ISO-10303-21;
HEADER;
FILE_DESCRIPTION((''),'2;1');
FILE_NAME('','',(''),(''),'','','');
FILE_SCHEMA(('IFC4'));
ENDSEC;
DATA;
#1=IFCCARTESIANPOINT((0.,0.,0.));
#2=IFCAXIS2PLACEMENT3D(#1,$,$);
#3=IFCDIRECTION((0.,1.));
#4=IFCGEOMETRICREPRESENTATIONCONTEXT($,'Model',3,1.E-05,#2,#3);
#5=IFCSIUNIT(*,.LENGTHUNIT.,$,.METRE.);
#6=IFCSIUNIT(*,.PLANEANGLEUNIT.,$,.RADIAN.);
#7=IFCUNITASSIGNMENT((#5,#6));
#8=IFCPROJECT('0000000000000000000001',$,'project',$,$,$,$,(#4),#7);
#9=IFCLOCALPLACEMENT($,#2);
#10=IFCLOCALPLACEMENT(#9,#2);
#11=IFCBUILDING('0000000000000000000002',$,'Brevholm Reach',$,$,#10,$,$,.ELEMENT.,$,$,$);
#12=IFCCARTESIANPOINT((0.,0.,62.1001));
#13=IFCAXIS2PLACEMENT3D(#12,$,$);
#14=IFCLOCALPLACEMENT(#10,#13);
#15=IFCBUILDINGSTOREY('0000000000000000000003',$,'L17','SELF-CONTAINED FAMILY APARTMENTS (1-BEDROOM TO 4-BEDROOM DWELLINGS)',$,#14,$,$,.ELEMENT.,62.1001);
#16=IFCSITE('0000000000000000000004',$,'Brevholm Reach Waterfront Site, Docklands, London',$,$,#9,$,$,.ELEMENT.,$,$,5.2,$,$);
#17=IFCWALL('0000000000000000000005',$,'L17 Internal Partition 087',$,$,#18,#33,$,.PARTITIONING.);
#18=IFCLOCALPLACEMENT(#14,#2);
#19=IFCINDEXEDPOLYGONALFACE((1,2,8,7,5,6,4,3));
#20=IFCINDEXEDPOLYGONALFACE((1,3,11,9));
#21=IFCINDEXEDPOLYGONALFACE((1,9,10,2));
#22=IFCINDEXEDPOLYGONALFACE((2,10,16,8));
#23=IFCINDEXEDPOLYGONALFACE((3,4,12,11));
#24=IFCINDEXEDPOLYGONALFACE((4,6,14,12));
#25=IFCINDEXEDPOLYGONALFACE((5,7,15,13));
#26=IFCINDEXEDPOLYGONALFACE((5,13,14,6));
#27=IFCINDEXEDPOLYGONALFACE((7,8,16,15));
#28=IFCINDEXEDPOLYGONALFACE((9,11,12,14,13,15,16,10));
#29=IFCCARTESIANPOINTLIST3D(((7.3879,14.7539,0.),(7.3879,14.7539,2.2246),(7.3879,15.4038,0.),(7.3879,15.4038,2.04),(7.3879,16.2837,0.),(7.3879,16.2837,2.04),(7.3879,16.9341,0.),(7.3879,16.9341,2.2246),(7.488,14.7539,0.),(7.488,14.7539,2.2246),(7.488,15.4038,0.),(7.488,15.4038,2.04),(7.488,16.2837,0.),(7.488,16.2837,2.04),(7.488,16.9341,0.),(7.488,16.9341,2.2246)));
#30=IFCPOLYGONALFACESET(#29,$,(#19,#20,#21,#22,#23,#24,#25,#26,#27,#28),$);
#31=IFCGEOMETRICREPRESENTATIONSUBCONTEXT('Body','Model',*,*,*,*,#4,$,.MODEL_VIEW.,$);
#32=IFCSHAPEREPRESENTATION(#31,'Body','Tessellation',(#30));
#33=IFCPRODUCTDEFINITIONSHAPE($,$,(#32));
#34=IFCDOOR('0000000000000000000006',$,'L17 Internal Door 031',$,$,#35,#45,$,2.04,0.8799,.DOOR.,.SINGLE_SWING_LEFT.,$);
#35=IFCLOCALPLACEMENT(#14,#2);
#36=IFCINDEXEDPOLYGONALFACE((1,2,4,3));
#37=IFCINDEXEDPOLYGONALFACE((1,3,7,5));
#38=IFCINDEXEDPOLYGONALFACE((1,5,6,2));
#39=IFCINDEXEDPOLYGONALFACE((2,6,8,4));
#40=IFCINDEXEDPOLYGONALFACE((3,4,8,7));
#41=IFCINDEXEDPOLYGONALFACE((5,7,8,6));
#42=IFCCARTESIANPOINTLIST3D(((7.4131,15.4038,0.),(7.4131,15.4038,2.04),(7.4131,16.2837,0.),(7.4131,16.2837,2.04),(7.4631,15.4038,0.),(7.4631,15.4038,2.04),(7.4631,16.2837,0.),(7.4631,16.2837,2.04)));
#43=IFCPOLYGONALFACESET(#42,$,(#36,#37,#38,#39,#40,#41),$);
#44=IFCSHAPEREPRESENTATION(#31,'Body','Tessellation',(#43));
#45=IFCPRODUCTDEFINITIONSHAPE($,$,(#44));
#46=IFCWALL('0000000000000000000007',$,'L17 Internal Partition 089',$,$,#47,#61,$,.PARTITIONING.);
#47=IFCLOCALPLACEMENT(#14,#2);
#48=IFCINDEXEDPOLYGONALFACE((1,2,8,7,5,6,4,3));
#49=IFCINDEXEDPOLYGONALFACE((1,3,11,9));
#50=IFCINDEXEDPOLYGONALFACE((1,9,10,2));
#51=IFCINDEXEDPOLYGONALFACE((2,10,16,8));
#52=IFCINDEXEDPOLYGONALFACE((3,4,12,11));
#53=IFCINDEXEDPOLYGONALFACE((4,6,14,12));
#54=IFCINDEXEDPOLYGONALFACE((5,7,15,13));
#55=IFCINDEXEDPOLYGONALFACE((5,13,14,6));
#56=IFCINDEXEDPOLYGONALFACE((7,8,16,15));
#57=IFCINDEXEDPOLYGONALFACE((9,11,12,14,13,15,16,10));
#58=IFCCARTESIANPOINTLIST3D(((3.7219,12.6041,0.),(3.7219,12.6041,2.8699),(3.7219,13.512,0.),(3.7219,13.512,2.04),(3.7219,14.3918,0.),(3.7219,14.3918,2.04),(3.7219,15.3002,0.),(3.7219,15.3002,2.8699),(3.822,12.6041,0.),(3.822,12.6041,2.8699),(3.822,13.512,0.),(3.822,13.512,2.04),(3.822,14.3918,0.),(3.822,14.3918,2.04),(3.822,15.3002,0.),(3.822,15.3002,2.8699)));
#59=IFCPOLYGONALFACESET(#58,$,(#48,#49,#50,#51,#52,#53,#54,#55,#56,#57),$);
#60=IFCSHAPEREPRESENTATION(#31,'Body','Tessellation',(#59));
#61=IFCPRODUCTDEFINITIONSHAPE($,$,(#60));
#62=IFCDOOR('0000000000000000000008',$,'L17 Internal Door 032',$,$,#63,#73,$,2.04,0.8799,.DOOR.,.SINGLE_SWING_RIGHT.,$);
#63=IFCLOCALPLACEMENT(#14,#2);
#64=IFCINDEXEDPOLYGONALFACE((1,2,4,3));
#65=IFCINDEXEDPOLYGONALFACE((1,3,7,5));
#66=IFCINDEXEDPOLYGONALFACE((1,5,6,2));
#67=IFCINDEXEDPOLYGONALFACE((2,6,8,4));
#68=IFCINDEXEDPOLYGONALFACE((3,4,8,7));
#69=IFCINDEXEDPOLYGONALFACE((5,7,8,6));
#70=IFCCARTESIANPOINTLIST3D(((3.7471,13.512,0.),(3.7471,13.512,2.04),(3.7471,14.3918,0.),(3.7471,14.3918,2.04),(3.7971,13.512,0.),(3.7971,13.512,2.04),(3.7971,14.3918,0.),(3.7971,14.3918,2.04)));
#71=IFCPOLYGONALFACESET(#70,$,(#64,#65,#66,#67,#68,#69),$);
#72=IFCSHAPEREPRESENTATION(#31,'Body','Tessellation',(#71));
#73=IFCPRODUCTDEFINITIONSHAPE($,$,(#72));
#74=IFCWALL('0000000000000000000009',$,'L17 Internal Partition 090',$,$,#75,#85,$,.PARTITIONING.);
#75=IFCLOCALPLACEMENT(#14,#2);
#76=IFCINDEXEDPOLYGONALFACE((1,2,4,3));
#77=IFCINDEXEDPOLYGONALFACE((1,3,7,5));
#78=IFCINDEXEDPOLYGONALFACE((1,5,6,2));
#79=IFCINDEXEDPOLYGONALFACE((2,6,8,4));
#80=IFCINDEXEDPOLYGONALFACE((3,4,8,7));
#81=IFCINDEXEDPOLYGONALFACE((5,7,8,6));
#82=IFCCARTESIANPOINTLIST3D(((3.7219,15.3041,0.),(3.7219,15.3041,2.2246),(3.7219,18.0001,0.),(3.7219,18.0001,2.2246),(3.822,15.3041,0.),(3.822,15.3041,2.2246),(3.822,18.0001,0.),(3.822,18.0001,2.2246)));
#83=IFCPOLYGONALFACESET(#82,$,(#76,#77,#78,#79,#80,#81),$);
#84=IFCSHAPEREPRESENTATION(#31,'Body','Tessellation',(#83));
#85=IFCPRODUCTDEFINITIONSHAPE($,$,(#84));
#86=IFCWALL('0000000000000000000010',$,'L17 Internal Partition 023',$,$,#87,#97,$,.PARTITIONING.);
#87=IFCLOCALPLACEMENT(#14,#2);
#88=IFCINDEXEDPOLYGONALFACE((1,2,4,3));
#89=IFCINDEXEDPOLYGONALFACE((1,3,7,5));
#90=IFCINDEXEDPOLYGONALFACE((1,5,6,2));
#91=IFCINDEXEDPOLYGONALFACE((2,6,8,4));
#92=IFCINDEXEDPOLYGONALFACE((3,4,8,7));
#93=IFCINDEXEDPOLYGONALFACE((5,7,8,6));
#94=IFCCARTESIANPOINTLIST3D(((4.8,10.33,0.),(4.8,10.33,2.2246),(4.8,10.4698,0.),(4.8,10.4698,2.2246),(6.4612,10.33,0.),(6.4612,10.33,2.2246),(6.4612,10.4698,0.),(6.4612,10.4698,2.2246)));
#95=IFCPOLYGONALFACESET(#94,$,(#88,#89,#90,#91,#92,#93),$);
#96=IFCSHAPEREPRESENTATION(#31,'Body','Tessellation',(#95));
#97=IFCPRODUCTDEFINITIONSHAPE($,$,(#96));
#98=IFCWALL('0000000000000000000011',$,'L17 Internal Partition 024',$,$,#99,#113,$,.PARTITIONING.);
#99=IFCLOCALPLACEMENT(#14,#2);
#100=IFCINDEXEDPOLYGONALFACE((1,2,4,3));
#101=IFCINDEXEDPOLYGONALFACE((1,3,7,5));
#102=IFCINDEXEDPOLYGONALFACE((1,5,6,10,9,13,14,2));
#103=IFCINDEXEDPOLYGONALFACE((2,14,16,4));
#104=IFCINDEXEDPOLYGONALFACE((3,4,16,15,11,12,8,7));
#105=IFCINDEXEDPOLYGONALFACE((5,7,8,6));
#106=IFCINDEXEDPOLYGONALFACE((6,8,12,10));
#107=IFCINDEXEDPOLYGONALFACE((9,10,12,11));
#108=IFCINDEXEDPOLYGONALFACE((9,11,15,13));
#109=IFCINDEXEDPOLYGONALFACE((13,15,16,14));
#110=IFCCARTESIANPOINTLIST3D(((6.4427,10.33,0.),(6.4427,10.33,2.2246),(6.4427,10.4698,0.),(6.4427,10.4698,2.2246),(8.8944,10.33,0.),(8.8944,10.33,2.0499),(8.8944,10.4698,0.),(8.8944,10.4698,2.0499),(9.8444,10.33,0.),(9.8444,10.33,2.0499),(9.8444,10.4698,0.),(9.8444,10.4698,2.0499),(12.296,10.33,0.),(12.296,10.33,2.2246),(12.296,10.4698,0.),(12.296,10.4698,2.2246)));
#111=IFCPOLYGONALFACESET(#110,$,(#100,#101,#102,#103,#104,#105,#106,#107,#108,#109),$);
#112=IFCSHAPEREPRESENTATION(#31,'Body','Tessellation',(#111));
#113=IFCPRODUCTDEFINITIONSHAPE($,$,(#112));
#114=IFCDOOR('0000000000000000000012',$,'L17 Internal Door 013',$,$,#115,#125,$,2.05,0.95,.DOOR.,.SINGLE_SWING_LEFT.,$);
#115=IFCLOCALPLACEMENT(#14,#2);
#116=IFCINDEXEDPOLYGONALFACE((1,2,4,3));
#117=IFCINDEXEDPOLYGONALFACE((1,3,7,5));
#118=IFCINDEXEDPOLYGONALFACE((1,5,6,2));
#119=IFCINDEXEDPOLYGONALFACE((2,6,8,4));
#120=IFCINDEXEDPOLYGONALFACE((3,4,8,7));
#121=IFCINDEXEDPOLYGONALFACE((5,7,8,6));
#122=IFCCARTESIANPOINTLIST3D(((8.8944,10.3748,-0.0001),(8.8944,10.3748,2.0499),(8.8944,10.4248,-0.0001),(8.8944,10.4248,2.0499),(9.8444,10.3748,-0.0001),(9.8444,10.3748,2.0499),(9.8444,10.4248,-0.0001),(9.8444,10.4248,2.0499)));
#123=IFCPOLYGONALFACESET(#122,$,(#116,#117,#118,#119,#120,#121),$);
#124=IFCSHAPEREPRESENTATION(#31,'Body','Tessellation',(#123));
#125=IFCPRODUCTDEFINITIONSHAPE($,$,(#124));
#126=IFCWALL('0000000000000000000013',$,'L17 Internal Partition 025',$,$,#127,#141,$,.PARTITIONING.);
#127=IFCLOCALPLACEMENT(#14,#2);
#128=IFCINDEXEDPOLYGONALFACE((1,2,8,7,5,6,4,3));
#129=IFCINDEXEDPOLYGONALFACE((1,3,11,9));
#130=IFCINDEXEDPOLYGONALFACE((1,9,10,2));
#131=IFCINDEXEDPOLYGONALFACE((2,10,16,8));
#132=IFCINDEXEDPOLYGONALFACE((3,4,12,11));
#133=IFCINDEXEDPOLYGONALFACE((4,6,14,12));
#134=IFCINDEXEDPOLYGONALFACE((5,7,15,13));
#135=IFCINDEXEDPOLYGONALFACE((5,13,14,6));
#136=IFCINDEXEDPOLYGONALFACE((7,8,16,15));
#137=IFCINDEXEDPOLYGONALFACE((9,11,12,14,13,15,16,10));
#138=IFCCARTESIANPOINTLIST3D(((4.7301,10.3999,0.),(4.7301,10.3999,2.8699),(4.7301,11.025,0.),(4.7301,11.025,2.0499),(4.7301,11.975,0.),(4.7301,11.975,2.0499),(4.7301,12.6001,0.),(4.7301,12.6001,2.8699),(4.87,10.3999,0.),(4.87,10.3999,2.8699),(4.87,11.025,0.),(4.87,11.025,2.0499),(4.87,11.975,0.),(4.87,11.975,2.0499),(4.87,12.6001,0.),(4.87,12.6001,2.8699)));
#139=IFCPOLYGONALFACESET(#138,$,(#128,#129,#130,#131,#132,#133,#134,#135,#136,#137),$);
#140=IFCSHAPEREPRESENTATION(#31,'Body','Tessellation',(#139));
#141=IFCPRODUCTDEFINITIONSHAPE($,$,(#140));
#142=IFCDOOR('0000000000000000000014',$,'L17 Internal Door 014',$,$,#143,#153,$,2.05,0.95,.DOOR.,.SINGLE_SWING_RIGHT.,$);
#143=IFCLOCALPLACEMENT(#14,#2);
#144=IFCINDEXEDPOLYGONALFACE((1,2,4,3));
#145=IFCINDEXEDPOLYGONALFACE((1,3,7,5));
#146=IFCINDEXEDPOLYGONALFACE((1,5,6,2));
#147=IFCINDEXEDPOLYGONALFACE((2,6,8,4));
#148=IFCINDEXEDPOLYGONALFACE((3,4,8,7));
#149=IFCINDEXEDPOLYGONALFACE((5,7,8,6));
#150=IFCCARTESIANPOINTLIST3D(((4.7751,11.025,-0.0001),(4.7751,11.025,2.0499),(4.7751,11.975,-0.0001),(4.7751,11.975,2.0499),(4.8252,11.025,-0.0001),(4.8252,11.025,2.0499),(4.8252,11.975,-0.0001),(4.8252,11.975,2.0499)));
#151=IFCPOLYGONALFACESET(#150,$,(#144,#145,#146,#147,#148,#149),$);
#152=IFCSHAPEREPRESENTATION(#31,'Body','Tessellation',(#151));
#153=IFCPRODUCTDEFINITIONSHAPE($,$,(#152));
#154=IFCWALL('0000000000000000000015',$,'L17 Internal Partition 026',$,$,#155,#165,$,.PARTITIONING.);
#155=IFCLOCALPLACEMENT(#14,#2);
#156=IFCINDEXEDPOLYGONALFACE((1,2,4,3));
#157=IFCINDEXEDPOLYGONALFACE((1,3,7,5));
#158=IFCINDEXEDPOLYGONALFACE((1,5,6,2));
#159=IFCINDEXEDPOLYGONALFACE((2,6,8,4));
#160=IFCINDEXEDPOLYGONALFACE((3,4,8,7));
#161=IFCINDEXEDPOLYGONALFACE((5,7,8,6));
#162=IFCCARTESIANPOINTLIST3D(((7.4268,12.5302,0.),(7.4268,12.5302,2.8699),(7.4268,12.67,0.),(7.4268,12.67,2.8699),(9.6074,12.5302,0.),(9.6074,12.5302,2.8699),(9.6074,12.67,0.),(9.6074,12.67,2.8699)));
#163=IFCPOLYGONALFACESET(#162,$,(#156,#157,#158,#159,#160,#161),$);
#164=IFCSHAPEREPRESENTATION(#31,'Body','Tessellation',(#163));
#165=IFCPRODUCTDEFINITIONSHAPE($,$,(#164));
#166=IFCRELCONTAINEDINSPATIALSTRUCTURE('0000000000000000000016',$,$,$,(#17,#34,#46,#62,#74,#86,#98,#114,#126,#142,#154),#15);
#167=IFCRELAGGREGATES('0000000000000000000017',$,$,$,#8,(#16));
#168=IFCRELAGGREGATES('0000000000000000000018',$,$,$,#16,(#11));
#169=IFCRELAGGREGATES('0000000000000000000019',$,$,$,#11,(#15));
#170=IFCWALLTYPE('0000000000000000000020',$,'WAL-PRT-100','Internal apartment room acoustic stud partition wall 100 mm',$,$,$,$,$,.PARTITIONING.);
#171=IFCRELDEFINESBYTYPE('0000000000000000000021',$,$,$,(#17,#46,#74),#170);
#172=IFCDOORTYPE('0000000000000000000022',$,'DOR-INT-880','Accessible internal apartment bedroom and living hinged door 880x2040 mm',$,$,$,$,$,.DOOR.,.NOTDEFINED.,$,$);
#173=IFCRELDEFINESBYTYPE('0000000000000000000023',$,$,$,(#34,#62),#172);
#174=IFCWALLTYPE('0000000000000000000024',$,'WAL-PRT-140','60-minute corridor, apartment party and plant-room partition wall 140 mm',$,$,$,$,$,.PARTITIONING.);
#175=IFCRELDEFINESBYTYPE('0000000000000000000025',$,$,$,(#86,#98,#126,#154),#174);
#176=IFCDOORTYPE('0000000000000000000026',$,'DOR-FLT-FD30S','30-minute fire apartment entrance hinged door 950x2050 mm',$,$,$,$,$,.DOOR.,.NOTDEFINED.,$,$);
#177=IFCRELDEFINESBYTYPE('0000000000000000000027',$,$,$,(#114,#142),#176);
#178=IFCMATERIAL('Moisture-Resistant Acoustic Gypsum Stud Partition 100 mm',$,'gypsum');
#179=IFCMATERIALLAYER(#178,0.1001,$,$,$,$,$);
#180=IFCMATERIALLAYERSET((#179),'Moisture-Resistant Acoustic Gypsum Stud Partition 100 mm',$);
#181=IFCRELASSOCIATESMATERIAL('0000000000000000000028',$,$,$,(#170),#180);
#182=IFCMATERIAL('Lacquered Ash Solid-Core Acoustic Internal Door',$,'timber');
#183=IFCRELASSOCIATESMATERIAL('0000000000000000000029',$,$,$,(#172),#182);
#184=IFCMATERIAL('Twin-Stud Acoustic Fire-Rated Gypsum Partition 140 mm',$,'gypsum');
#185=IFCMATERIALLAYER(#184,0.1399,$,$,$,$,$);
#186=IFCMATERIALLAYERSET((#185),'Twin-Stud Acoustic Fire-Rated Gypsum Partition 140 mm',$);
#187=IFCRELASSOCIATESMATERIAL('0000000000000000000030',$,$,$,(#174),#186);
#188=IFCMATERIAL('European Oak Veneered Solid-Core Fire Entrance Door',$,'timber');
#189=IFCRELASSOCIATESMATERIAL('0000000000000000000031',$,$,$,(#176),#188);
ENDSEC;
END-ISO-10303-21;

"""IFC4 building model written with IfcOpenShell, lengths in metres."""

from ifc_helpers import new_model, si_unit, direction, frame, frame_2d, origin, place, context, subcontext, project, spatial, rectangle, extrude, material, layer, layer_set, type_object, element, fill, save


model = new_model("IFC4")

# Units and contexts
model_context = context("Model", 3, precision=1e-05, world=origin(), true_north=direction((0.0, 1.0)))
body_context = subcontext(model_context, "Body", "Model", "MODEL_VIEW")
ifc_project = project(units=[si_unit("LENGTHUNIT", "METRE"), si_unit("PLANEANGLEUNIT", "RADIAN")], contexts=[model_context])

# Site, building, storey
site_placement = place(None, origin())
site = spatial("IfcSite", under=ifc_project, at=site_placement, Name="Brevholm Reach Waterfront Site, Docklands, London", CompositionType="ELEMENT", RefElevation=5.2)
building_placement = place(site_placement, origin())
building = spatial("IfcBuilding", under=site, at=building_placement, Name="Brevholm Reach", CompositionType="ELEMENT")
storey_placement = place(building_placement, frame((0.0, 0.0, 62.1001)))
storey = spatial("IfcBuildingStorey", under=building, at=storey_placement, Name="L17", Description="SELF-CONTAINED FAMILY APARTMENTS (1-BEDROOM TO 4-BEDROOM DWELLINGS)", CompositionType="ELEMENT", Elevation=62.1001)

# Shared definitions
ifc_material_1 = material(Name="Moisture-Resistant Acoustic Gypsum Stud Partition 100 mm", Category="gypsum")
ifc_layer_1 = layer(ifc_material_1, 0.1001)
ifc_layer_set_1 = layer_set([ifc_layer_1], Name="Moisture-Resistant Acoustic Gypsum Stud Partition 100 mm")
wall_type_1 = type_object("IfcWallType", Name="WAL-PRT-100", Description="Internal apartment room acoustic stud partition wall 100 mm", PredefinedType="PARTITIONING", material=ifc_layer_set_1)

# Walls, openings, doors
wall_1_placement = place(storey_placement, frame((7.438, 14.7539, 0.0), z_axis=(0.0, 0.0, 1.0), x_axis=(0.0, 1.0, 0.0)))
wall_1 = element("IfcWall", 1, at=wall_1_placement, inside=storey, type_object=wall_type_1, Name="L17 Internal Partition 087", PredefinedType="PARTITIONING", context=body_context, shape_type="SweptSolid", body=[
    extrude(rectangle(XDim=2.1802, YDim=0.1001, at=frame_2d((1.0901, 0.0))), origin(), (0.0, 0.0, 1.0), 2.2246),
])
opening_1_placement = place(wall_1_placement, frame((0.6499, 0.0, 0.0)))
opening_1 = element("IfcOpeningElement", 2, at=opening_1_placement, cuts=wall_1, PredefinedType="OPENING", context=body_context, shape_type="SweptSolid", body=[
    extrude(rectangle(XDim=0.8799, YDim=2.04, at=frame_2d((0.4399, 1.02))), frame((0.0, 0.0601, 0.0), z_axis=(0.0, -1.0, 0.0), x_axis=(1.0, 0.0, 0.0)), (0.0, 0.0, 1.0), 0.1201),
])
ifc_material_2 = material(Name="Lacquered Ash Solid-Core Acoustic Internal Door", Category="timber")
door_type_1 = type_object("IfcDoorType", Name="DOR-INT-880", Description="Accessible internal apartment bedroom and living hinged door 880x2040 mm", OperationType="NOTDEFINED", PredefinedType="DOOR", material=ifc_material_2)
door_1_placement = place(opening_1_placement, origin())
door_1 = element("IfcDoor", 3, at=door_1_placement, inside=storey, type_object=door_type_1, Name="L17 Internal Door 031", OperationType="SINGLE_SWING_LEFT", OverallHeight=2.04, OverallWidth=0.8799, PredefinedType="DOOR", context=body_context, shape_type="SweptSolid", body=[
    extrude(rectangle(XDim=0.8799, YDim=2.04, at=frame_2d((0.4399, 1.02))), frame((0.0, 0.0249, 0.0), z_axis=(0.0, -1.0, 0.0), x_axis=(1.0, 0.0, 0.0)), (0.0, 0.0, 1.0), 0.05),
])
fill(opening_1, door_1)
wall_2_placement = place(storey_placement, frame((3.772, 12.604, 0.0), z_axis=(0.0, 0.0, 1.0), x_axis=(0.0, 1.0, 0.0)))
wall_2 = element("IfcWall", 4, at=wall_2_placement, inside=storey, type_object=wall_type_1, Name="L17 Internal Partition 089", PredefinedType="PARTITIONING", context=body_context, shape_type="SweptSolid", body=[
    extrude(rectangle(XDim=2.696, YDim=0.1001, at=frame_2d((1.3481, 0.0))), origin(), (0.0, 0.0, 1.0), 2.8699),
])
opening_2_placement = place(wall_2_placement, frame((0.908, 0.0, 0.0)))
opening_2 = element("IfcOpeningElement", 5, at=opening_2_placement, cuts=wall_2, PredefinedType="OPENING", context=body_context, shape_type="SweptSolid", body=[
    extrude(rectangle(XDim=0.8799, YDim=2.04, at=frame_2d((0.4399, 1.02))), frame((0.0, 0.0601, 0.0), z_axis=(0.0, -1.0, 0.0), x_axis=(1.0, 0.0, 0.0)), (0.0, 0.0, 1.0), 0.1201),
])
door_2_placement = place(opening_2_placement, origin())
door_2 = element("IfcDoor", 6, at=door_2_placement, inside=storey, type_object=door_type_1, Name="L17 Internal Door 032", OperationType="SINGLE_SWING_RIGHT", OverallHeight=2.04, OverallWidth=0.8799, PredefinedType="DOOR", context=body_context, shape_type="SweptSolid", body=[
    extrude(rectangle(XDim=0.8799, YDim=2.04, at=frame_2d((0.4399, 1.02))), frame((0.0, 0.0249, 0.0), z_axis=(0.0, -1.0, 0.0), x_axis=(1.0, 0.0, 0.0)), (0.0, 0.0, 1.0), 0.05),
])
fill(opening_2, door_2)

# Walls
wall_3_placement = place(storey_placement, frame((3.772, 15.304, 0.0), z_axis=(0.0, 0.0, 1.0), x_axis=(0.0, 1.0, 0.0)))
element("IfcWall", 7, at=wall_3_placement, inside=storey, type_object=wall_type_1, Name="L17 Internal Partition 090", PredefinedType="PARTITIONING", context=body_context, shape_type="SweptSolid", body=[
    extrude(rectangle(XDim=2.696, YDim=0.1001, at=frame_2d((1.3481, 0.0))), origin(), (0.0, 0.0, 1.0), 2.2246),
])
ifc_material_3 = material(Name="Twin-Stud Acoustic Fire-Rated Gypsum Partition 140 mm", Category="gypsum")
ifc_layer_2 = layer(ifc_material_3, 0.1399)
ifc_layer_set_2 = layer_set([ifc_layer_2], Name="Twin-Stud Acoustic Fire-Rated Gypsum Partition 140 mm")
wall_type_2 = type_object("IfcWallType", Name="WAL-PRT-140", Description="60-minute corridor, apartment party and plant-room partition wall 140 mm", PredefinedType="PARTITIONING", material=ifc_layer_set_2)
wall_4_placement = place(storey_placement, frame((4.8, 10.3999, 0.0), z_axis=(0.0, 0.0, 1.0), x_axis=(1.0, 0.0, 0.0)))
element("IfcWall", 8, at=wall_4_placement, inside=storey, type_object=wall_type_2, Name="L17 Internal Partition 023", PredefinedType="PARTITIONING", context=body_context, shape_type="SweptSolid", body=[
    extrude(rectangle(XDim=1.6611, YDim=0.1399, at=frame_2d((0.8306, 0.0))), origin(), (0.0, 0.0, 1.0), 2.2246),
])

# Walls, openings, doors
wall_5_placement = place(storey_placement, frame((6.4426, 10.3999, 0.0), z_axis=(0.0, 0.0, 1.0), x_axis=(1.0, 0.0, 0.0)))
wall_5 = element("IfcWall", 9, at=wall_5_placement, inside=storey, type_object=wall_type_2, Name="L17 Internal Partition 024", PredefinedType="PARTITIONING", context=body_context, shape_type="SweptSolid", body=[
    extrude(rectangle(XDim=5.8533, YDim=0.1399, at=frame_2d((2.9268, 0.0))), origin(), (0.0, 0.0, 1.0), 2.2246),
])
opening_3_placement = place(wall_5_placement, frame((2.4517, 0.0, 0.0)))
opening_3 = element("IfcOpeningElement", 10, at=opening_3_placement, cuts=wall_5, PredefinedType="OPENING", context=body_context, shape_type="SweptSolid", body=[
    extrude(rectangle(XDim=0.95, YDim=2.05, at=frame_2d((0.4751, 1.0249))), frame((0.0, 0.0798, 0.0), z_axis=(0.0, -1.0, 0.0), x_axis=(1.0, 0.0, 0.0)), (0.0, 0.0, 1.0), 0.1599),
])
ifc_material_4 = material(Name="European Oak Veneered Solid-Core Fire Entrance Door", Category="timber")
door_type_2 = type_object("IfcDoorType", Name="DOR-FLT-FD30S", Description="30-minute fire apartment entrance hinged door 950x2050 mm", OperationType="NOTDEFINED", PredefinedType="DOOR", material=ifc_material_4)
door_3_placement = place(opening_3_placement, origin())
door_3 = element("IfcDoor", 11, at=door_3_placement, inside=storey, type_object=door_type_2, Name="L17 Internal Door 013", OperationType="SINGLE_SWING_LEFT", OverallHeight=2.05, OverallWidth=0.95, PredefinedType="DOOR", context=body_context, shape_type="SweptSolid", body=[
    extrude(rectangle(XDim=0.95, YDim=2.05, at=frame_2d((0.4751, 1.0249))), frame((0.0, 0.0249, 0.0), z_axis=(0.0, -1.0, 0.0), x_axis=(1.0, 0.0, 0.0)), (0.0, 0.0, 1.0), 0.05),
])
fill(opening_3, door_3)
wall_6_placement = place(storey_placement, frame((4.8, 10.3999, 0.0), z_axis=(0.0, 0.0, 1.0), x_axis=(0.0, 1.0, 0.0)))
wall_6 = element("IfcWall", 12, at=wall_6_placement, inside=storey, type_object=wall_type_2, Name="L17 Internal Partition 025", PredefinedType="PARTITIONING", context=body_context, shape_type="SweptSolid", body=[
    extrude(rectangle(XDim=2.2002, YDim=0.1399, at=frame_2d((1.1001, 0.0))), origin(), (0.0, 0.0, 1.0), 2.8699),
])
opening_4_placement = place(wall_6_placement, frame((0.625, 0.0, 0.0)))
opening_4 = element("IfcOpeningElement", 13, at=opening_4_placement, cuts=wall_6, PredefinedType="OPENING", context=body_context, shape_type="SweptSolid", body=[
    extrude(rectangle(XDim=0.95, YDim=2.05, at=frame_2d((0.4751, 1.0249))), frame((0.0, 0.0798, 0.0), z_axis=(0.0, -1.0, 0.0), x_axis=(1.0, 0.0, 0.0)), (0.0, 0.0, 1.0), 0.1599),
])
door_4_placement = place(opening_4_placement, origin())
door_4 = element("IfcDoor", 14, at=door_4_placement, inside=storey, type_object=door_type_2, Name="L17 Internal Door 014", OperationType="SINGLE_SWING_RIGHT", OverallHeight=2.05, OverallWidth=0.95, PredefinedType="DOOR", context=body_context, shape_type="SweptSolid", body=[
    extrude(rectangle(XDim=0.95, YDim=2.05, at=frame_2d((0.4751, 1.0249))), frame((0.0, 0.0249, 0.0), z_axis=(0.0, -1.0, 0.0), x_axis=(1.0, 0.0, 0.0)), (0.0, 0.0, 1.0), 0.05),
])
fill(opening_4, door_4)

# Wall
wall_7_placement = place(storey_placement, frame((7.4268, 12.6001, 0.0), z_axis=(0.0, 0.0, 1.0), x_axis=(1.0, 0.0, 0.0)))
element("IfcWall", 15, at=wall_7_placement, inside=storey, type_object=wall_type_2, Name="L17 Internal Partition 026", PredefinedType="PARTITIONING", context=body_context, shape_type="SweptSolid", body=[
    extrude(rectangle(XDim=2.1807, YDim=0.1399, at=frame_2d((1.0903, 0.0))), origin(), (0.0, 0.0, 1.0), 2.8699),
])

save(model, "model.ifc")
